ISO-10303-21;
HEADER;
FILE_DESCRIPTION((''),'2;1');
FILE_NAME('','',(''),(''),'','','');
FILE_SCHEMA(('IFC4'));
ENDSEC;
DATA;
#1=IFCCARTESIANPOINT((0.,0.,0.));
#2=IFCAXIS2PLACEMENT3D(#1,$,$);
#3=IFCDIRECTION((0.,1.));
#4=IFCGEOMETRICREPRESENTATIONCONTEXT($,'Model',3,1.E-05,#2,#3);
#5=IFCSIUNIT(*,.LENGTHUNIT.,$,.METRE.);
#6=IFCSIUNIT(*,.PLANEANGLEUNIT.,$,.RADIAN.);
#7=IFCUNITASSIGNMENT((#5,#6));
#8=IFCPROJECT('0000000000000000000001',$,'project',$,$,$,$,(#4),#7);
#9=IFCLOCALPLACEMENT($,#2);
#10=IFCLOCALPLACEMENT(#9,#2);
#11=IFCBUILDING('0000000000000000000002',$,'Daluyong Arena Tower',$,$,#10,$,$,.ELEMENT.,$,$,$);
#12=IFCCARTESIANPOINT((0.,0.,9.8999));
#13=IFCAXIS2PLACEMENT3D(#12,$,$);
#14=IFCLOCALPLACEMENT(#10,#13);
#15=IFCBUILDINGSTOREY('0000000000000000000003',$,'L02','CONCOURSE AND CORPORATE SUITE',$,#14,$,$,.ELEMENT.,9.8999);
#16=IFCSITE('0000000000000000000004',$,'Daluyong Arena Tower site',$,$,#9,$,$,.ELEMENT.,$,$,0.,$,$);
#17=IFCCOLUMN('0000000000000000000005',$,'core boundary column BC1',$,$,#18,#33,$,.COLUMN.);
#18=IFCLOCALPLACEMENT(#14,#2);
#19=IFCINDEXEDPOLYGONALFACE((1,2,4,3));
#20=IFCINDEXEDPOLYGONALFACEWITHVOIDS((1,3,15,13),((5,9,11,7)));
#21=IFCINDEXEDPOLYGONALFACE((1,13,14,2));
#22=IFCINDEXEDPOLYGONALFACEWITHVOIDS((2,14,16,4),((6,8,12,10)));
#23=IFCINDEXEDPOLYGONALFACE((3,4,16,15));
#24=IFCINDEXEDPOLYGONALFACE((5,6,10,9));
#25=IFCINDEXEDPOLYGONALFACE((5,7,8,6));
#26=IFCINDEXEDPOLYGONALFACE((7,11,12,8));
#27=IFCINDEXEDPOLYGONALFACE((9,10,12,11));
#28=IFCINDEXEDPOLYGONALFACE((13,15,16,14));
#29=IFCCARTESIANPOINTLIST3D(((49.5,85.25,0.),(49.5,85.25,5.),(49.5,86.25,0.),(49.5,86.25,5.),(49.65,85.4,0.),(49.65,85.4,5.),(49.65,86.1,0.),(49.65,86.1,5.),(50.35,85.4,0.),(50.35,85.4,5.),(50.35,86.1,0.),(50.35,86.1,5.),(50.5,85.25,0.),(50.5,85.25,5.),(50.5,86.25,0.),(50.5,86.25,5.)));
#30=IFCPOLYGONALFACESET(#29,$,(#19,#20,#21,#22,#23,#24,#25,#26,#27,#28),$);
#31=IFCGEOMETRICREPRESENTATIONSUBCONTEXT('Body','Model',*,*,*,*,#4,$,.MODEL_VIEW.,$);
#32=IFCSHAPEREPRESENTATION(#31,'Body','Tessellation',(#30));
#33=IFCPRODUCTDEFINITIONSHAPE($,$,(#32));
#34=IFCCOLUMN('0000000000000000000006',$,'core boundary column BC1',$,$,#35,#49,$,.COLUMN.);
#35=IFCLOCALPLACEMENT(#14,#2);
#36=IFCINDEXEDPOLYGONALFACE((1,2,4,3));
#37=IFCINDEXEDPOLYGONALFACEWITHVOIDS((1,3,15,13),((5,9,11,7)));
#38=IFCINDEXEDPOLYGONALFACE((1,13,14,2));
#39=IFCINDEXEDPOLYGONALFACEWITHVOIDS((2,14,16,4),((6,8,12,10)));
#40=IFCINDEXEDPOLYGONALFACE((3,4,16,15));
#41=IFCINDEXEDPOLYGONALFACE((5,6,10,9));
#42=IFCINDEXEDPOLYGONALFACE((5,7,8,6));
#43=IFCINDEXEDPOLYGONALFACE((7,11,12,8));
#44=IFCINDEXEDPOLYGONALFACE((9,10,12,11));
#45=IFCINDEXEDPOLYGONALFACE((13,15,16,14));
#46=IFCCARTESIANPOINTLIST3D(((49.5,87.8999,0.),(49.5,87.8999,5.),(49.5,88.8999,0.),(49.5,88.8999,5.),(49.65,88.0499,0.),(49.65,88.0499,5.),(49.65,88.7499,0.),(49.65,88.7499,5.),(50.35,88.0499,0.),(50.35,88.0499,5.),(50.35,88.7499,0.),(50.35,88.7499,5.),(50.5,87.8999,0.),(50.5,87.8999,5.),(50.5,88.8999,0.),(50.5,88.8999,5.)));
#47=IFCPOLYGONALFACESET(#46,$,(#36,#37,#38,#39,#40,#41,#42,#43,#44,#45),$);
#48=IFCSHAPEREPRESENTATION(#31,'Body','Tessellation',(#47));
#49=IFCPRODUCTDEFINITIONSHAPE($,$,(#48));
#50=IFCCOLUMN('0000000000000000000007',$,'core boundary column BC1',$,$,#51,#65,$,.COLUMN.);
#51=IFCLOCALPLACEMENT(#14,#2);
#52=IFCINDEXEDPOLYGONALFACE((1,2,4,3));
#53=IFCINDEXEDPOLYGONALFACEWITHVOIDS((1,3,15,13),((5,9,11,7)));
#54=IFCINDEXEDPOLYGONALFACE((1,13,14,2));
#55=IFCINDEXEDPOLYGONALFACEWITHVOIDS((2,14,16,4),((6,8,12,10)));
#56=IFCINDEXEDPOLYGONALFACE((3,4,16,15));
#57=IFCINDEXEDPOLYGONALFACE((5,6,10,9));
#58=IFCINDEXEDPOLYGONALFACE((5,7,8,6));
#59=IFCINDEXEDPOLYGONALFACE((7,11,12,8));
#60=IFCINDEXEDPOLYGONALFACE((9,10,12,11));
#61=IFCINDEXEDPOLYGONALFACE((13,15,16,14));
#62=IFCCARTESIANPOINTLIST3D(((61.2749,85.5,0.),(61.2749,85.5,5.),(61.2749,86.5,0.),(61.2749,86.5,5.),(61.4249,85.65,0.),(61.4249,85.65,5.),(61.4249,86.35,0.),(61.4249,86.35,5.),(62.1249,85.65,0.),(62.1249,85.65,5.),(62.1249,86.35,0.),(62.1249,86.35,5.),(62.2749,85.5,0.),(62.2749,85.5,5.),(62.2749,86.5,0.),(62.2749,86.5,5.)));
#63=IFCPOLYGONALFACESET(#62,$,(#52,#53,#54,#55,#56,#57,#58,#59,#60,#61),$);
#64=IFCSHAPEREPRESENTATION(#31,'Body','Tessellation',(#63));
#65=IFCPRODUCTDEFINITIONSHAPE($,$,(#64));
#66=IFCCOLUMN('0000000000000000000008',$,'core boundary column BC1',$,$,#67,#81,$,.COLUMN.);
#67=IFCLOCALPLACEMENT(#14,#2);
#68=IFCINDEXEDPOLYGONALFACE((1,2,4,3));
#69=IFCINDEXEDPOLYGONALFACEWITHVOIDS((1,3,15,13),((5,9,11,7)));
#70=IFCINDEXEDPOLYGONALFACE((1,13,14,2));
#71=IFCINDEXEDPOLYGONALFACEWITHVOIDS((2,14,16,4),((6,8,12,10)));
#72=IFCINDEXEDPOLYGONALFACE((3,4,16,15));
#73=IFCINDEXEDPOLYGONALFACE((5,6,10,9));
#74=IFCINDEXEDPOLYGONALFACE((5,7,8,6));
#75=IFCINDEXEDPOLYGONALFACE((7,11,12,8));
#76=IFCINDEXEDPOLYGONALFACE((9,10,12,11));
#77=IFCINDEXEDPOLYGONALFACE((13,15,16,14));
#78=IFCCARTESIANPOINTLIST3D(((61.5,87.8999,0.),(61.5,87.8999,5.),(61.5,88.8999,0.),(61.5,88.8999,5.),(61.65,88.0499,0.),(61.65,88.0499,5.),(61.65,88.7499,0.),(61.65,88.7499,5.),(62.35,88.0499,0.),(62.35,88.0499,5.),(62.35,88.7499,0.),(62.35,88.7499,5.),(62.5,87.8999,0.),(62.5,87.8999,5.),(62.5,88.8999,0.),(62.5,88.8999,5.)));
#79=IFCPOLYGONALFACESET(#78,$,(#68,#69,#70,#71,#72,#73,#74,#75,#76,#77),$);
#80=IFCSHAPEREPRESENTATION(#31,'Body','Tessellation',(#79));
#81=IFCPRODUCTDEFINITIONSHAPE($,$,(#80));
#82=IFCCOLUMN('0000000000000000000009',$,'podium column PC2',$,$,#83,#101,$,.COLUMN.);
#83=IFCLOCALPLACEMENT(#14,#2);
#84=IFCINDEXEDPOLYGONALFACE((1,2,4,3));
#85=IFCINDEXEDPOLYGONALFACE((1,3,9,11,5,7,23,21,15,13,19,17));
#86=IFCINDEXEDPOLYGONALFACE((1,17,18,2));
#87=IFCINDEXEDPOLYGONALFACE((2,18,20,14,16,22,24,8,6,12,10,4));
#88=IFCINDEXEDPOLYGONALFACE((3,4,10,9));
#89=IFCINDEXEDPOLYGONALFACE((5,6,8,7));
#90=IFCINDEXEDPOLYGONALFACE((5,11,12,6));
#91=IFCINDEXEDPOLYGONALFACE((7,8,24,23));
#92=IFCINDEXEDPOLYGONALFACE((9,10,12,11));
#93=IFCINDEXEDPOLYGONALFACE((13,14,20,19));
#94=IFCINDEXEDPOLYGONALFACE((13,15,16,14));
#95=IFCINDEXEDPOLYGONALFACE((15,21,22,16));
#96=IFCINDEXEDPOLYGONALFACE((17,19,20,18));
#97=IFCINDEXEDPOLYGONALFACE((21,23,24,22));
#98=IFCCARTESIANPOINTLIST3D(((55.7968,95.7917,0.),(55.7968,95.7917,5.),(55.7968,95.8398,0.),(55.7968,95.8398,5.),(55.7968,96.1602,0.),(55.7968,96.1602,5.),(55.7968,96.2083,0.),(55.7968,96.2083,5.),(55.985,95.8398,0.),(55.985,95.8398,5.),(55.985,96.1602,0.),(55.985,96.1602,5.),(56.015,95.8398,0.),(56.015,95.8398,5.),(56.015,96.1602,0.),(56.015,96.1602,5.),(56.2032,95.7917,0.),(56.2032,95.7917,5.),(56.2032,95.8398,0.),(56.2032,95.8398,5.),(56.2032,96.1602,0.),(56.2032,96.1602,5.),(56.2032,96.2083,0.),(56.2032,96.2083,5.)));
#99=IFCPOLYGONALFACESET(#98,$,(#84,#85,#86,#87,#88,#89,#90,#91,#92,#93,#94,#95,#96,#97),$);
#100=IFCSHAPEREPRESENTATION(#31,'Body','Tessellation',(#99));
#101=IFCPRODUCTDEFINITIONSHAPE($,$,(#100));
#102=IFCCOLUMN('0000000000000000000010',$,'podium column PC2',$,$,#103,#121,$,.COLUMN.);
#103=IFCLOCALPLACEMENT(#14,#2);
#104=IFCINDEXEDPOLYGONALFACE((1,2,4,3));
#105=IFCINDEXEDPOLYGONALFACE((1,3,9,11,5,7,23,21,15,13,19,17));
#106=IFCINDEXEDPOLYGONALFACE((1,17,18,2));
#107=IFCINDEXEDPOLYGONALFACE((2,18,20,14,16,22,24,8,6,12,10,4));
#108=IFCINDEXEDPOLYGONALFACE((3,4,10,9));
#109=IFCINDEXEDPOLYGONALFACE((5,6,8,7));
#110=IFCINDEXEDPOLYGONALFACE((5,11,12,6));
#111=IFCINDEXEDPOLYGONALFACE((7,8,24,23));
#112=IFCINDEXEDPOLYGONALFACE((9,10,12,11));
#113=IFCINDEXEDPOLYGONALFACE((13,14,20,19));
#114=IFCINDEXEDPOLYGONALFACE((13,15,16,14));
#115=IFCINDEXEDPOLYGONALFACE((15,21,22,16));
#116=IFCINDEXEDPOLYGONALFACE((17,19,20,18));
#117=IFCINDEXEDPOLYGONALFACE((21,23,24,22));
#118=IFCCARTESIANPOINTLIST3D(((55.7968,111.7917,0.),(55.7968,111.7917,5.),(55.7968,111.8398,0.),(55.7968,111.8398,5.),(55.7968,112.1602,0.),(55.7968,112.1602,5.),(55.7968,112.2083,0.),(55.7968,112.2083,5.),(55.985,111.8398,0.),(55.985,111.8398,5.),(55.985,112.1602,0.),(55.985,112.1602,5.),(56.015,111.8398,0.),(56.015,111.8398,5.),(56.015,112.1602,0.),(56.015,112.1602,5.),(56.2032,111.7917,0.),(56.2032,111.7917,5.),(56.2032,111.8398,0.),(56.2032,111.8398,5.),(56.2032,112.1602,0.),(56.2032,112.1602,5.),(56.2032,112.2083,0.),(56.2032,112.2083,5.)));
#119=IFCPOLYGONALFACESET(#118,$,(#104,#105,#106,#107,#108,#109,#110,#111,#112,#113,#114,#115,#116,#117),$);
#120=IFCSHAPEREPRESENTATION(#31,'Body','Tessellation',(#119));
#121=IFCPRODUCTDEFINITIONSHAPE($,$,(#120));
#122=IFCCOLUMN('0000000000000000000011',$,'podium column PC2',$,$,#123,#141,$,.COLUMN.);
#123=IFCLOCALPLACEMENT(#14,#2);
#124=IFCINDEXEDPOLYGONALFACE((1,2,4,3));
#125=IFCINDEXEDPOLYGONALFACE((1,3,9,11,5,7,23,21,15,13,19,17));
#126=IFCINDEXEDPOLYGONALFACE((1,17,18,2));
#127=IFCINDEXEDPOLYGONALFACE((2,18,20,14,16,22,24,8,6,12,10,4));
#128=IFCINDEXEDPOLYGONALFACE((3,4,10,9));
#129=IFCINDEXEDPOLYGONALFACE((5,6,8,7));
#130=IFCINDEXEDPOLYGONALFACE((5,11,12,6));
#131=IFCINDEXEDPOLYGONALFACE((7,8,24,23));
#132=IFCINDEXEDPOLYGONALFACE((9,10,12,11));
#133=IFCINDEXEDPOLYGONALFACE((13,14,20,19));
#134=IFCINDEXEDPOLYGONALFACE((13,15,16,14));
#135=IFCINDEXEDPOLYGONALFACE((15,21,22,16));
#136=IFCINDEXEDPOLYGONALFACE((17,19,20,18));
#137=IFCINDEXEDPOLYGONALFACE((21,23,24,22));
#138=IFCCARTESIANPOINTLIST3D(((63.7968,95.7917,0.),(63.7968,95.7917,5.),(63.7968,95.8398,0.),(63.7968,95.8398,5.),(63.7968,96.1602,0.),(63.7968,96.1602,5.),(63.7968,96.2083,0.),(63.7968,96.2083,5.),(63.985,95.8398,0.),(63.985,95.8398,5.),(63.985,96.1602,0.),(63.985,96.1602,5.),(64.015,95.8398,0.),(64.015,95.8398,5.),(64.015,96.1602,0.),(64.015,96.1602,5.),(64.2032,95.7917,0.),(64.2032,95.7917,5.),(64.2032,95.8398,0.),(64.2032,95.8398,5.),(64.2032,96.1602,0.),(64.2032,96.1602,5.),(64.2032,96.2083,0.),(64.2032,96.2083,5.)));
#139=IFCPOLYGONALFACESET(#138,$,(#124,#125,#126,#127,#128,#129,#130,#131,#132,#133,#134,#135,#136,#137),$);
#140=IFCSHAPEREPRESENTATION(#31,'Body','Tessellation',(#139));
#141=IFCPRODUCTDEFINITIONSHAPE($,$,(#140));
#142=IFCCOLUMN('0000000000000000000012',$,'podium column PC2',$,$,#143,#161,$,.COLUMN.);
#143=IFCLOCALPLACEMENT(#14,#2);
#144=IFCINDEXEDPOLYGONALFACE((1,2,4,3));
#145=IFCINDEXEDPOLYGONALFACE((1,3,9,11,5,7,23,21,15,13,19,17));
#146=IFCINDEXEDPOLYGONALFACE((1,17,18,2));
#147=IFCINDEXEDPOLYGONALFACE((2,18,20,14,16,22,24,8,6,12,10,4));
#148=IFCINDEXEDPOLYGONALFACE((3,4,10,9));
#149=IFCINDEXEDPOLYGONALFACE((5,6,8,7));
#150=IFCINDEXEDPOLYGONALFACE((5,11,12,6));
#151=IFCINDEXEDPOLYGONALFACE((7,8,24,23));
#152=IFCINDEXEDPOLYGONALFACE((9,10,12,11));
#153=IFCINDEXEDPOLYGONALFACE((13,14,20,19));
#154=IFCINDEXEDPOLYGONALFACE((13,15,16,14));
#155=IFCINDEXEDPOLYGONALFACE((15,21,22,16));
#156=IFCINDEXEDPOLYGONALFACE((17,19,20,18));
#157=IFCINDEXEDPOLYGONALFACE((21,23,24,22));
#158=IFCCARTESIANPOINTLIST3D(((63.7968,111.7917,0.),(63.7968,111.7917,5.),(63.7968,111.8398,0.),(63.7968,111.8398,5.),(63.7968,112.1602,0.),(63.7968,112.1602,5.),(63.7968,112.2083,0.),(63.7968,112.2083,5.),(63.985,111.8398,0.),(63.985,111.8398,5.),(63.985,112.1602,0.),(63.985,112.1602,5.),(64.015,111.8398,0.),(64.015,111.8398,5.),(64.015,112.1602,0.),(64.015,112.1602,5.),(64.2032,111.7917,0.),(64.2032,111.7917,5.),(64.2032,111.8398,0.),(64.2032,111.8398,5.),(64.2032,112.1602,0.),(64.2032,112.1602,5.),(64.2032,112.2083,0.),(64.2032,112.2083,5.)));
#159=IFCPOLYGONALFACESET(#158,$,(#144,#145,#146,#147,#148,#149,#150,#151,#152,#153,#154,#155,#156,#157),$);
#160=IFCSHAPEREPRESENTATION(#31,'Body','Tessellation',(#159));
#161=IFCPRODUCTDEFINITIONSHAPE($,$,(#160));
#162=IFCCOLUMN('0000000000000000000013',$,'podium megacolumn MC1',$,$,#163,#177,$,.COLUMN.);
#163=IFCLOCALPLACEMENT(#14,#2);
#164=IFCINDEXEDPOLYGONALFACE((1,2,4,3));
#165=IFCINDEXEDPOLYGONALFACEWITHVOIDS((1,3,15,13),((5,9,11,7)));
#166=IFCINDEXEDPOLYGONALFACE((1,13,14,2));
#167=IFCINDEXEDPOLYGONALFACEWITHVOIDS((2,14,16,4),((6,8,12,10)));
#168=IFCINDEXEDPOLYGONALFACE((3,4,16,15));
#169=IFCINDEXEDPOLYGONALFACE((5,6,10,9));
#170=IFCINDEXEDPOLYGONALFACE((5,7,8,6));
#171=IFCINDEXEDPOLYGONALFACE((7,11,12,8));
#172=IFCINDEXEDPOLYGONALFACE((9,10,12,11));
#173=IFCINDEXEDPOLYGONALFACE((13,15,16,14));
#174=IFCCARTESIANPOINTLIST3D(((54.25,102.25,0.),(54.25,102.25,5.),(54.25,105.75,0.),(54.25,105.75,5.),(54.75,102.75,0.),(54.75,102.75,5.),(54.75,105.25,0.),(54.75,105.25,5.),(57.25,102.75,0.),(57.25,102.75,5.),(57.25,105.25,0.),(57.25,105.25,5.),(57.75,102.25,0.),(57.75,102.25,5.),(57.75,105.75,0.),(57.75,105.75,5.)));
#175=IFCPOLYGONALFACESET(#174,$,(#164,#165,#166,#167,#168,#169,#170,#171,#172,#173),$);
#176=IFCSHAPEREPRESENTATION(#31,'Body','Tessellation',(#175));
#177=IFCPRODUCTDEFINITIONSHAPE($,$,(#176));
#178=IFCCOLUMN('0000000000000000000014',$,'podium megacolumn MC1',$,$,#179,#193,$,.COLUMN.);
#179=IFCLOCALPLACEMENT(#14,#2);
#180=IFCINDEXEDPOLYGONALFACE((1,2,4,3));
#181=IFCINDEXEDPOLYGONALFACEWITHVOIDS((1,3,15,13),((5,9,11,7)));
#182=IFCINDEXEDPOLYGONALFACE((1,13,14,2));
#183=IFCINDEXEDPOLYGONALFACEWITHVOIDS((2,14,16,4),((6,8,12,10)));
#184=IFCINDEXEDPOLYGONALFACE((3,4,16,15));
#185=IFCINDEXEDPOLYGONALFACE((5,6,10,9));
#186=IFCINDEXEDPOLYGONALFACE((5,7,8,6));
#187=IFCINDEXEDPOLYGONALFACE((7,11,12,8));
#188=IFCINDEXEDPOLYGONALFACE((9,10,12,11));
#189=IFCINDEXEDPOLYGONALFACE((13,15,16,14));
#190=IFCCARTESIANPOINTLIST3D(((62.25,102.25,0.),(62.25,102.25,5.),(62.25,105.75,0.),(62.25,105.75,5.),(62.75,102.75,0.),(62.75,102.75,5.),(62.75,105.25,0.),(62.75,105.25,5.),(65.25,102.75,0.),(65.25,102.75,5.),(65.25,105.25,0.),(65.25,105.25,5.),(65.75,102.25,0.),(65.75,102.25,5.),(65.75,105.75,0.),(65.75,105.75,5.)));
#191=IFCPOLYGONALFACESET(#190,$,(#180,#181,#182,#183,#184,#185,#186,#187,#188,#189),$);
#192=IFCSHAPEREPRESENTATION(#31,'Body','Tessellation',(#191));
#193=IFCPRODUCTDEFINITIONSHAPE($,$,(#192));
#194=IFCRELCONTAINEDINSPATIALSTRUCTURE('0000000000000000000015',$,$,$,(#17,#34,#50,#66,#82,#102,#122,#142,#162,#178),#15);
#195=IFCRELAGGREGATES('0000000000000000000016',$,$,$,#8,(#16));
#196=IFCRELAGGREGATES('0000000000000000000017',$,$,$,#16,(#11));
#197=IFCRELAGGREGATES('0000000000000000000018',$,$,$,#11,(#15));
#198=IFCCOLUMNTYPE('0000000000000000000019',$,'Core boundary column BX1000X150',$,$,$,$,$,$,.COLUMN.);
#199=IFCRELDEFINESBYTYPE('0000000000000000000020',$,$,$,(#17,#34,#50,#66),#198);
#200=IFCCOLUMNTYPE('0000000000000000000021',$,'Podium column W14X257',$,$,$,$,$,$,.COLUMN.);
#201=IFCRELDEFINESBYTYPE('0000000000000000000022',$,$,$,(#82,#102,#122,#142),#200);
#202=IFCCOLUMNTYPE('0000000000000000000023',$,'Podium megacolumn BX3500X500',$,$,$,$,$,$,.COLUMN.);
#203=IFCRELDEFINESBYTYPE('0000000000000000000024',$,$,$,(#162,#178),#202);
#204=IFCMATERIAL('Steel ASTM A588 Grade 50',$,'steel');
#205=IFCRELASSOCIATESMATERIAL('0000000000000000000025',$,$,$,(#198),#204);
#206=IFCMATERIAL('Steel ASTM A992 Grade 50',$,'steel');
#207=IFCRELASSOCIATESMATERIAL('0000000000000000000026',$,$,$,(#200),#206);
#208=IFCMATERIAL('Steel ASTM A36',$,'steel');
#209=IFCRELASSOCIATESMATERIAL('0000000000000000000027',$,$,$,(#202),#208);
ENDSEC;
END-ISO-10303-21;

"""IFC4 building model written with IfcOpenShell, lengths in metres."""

from ifc_helpers import new_model, si_unit, direction, frame, origin, origin_2d, place, context, subcontext, project, spatial, hollow_rectangle, i_section, extrude, material, material_profile, profile_set, type_object, element, save


model = new_model("IFC4")

# Units and contexts
model_context = context("Model", 3, precision=1e-05, world=origin(), true_north=direction((0.0, 1.0)))
body_context = subcontext(model_context, "Body", "Model", "MODEL_VIEW")
ifc_project = project(units=[si_unit("LENGTHUNIT", "METRE"), si_unit("PLANEANGLEUNIT", "RADIAN")], contexts=[model_context])

# Site, building, storey
site_placement = place(None, origin())
site = spatial("IfcSite", under=ifc_project, at=site_placement, Name="Daluyong Arena Tower site", CompositionType="ELEMENT", RefElevation=0.0)
building_placement = place(site_placement, origin())
building = spatial("IfcBuilding", under=site, at=building_placement, Name="Daluyong Arena Tower", CompositionType="ELEMENT")
storey_placement = place(building_placement, frame((0.0, 0.0, 9.8999)))
storey = spatial("IfcBuildingStorey", under=building, at=storey_placement, Name="L02", Description="CONCOURSE AND CORPORATE SUITE", CompositionType="ELEMENT", Elevation=9.8999)

# Columns
ifc_material_1 = material(Name="Steel ASTM A588 Grade 50", Category="steel")
ifc_material_profile_1 = material_profile(ifc_material_1, hollow_rectangle(XDim=1.0, YDim=1.0, WallThickness=0.15, at=origin_2d()))
ifc_profile_set_1 = profile_set([ifc_material_profile_1], Name="Steel ASTM A588 Grade 50")
column_type_1 = type_object("IfcColumnType", Name="Core boundary column BX1000X150", PredefinedType="COLUMN", material=ifc_profile_set_1)
for number, where, z_axis, x_axis, name in (
    (1, (50.0, 85.75, 0.0), (0.0, 0.0, 1.0), (1.0, 0.0, 0.0), "core boundary column BC1"),
    (2, (50.0, 88.3999, 0.0), (0.0, 0.0, 1.0), (1.0, 0.0, 0.0), "core boundary column BC1"),
    (3, (61.7749, 86.0, 0.0), (0.0, 0.0, 1.0), (1.0, 0.0, 0.0), "core boundary column BC1"),
    (4, (62.0, 88.3999, 0.0), (0.0, 0.0, 1.0), (1.0, 0.0, 0.0), "core boundary column BC1"),
):
    element("IfcColumn", number, at=place(storey_placement, frame(where, z_axis=z_axis, x_axis=x_axis)), inside=storey, type_object=column_type_1, Name=name, PredefinedType="COLUMN", context=body_context, shape_type="SweptSolid", body=[
        extrude(hollow_rectangle(XDim=1.0, YDim=1.0, WallThickness=0.15, at=origin_2d()), origin(), (0.0, 0.0, 1.0), 5.0),
    ])
ifc_material_2 = material(Name="Steel ASTM A992 Grade 50", Category="steel")
ifc_material_profile_2 = material_profile(ifc_material_2, i_section(OverallWidth=0.4065, OverallDepth=0.4165, WebThickness=0.03, FlangeThickness=0.0481, at=origin_2d()))
ifc_profile_set_2 = profile_set([ifc_material_profile_2], Name="Steel ASTM A992 Grade 50")
column_type_2 = type_object("IfcColumnType", Name="Podium column W14X257", PredefinedType="COLUMN", material=ifc_profile_set_2)
for number, where, z_axis, x_axis, name in (
    (5, (56.0, 96.0, 0.0), (0.0, 0.0, 1.0), (1.0, 0.0, 0.0), "podium column PC2"),
    (6, (56.0, 112.0, 0.0), (0.0, 0.0, 1.0), (1.0, 0.0, 0.0), "podium column PC2"),
    (7, (64.0, 96.0, 0.0), (0.0, 0.0, 1.0), (1.0, 0.0, 0.0), "podium column PC2"),
    (8, (64.0, 112.0, 0.0), (0.0, 0.0, 1.0), (1.0, 0.0, 0.0), "podium column PC2"),
):
    element("IfcColumn", number, at=place(storey_placement, frame(where, z_axis=z_axis, x_axis=x_axis)), inside=storey, type_object=column_type_2, Name=name, PredefinedType="COLUMN", context=body_context, shape_type="SweptSolid", body=[
        extrude(i_section(OverallWidth=0.4065, OverallDepth=0.4165, WebThickness=0.03, FlangeThickness=0.0481, at=origin_2d()), origin(), (0.0, 0.0, 1.0), 5.0),
    ])
ifc_material_3 = material(Name="Steel ASTM A36", Category="steel")
ifc_material_profile_3 = material_profile(ifc_material_3, hollow_rectangle(XDim=3.5, YDim=3.5, WallThickness=0.5, at=origin_2d()))
ifc_profile_set_3 = profile_set([ifc_material_profile_3], Name="Steel ASTM A36")
column_type_3 = type_object("IfcColumnType", Name="Podium megacolumn BX3500X500", PredefinedType="COLUMN", material=ifc_profile_set_3)
for number, where, z_axis, x_axis, name in (
    (9, (56.0, 104.0, 0.0), (0.0, 0.0, 1.0), (1.0, 0.0, 0.0), "podium megacolumn MC1"),
    (10, (64.0, 104.0, 0.0), (0.0, 0.0, 1.0), (1.0, 0.0, 0.0), "podium megacolumn MC1"),
):
    element("IfcColumn", number, at=place(storey_placement, frame(where, z_axis=z_axis, x_axis=x_axis)), inside=storey, type_object=column_type_3, Name=name, PredefinedType="COLUMN", context=body_context, shape_type="SweptSolid", body=[
        extrude(hollow_rectangle(XDim=3.5, YDim=3.5, WallThickness=0.5, at=origin_2d()), origin(), (0.0, 0.0, 1.0), 5.0),
    ])

save(model, "model.ifc")
